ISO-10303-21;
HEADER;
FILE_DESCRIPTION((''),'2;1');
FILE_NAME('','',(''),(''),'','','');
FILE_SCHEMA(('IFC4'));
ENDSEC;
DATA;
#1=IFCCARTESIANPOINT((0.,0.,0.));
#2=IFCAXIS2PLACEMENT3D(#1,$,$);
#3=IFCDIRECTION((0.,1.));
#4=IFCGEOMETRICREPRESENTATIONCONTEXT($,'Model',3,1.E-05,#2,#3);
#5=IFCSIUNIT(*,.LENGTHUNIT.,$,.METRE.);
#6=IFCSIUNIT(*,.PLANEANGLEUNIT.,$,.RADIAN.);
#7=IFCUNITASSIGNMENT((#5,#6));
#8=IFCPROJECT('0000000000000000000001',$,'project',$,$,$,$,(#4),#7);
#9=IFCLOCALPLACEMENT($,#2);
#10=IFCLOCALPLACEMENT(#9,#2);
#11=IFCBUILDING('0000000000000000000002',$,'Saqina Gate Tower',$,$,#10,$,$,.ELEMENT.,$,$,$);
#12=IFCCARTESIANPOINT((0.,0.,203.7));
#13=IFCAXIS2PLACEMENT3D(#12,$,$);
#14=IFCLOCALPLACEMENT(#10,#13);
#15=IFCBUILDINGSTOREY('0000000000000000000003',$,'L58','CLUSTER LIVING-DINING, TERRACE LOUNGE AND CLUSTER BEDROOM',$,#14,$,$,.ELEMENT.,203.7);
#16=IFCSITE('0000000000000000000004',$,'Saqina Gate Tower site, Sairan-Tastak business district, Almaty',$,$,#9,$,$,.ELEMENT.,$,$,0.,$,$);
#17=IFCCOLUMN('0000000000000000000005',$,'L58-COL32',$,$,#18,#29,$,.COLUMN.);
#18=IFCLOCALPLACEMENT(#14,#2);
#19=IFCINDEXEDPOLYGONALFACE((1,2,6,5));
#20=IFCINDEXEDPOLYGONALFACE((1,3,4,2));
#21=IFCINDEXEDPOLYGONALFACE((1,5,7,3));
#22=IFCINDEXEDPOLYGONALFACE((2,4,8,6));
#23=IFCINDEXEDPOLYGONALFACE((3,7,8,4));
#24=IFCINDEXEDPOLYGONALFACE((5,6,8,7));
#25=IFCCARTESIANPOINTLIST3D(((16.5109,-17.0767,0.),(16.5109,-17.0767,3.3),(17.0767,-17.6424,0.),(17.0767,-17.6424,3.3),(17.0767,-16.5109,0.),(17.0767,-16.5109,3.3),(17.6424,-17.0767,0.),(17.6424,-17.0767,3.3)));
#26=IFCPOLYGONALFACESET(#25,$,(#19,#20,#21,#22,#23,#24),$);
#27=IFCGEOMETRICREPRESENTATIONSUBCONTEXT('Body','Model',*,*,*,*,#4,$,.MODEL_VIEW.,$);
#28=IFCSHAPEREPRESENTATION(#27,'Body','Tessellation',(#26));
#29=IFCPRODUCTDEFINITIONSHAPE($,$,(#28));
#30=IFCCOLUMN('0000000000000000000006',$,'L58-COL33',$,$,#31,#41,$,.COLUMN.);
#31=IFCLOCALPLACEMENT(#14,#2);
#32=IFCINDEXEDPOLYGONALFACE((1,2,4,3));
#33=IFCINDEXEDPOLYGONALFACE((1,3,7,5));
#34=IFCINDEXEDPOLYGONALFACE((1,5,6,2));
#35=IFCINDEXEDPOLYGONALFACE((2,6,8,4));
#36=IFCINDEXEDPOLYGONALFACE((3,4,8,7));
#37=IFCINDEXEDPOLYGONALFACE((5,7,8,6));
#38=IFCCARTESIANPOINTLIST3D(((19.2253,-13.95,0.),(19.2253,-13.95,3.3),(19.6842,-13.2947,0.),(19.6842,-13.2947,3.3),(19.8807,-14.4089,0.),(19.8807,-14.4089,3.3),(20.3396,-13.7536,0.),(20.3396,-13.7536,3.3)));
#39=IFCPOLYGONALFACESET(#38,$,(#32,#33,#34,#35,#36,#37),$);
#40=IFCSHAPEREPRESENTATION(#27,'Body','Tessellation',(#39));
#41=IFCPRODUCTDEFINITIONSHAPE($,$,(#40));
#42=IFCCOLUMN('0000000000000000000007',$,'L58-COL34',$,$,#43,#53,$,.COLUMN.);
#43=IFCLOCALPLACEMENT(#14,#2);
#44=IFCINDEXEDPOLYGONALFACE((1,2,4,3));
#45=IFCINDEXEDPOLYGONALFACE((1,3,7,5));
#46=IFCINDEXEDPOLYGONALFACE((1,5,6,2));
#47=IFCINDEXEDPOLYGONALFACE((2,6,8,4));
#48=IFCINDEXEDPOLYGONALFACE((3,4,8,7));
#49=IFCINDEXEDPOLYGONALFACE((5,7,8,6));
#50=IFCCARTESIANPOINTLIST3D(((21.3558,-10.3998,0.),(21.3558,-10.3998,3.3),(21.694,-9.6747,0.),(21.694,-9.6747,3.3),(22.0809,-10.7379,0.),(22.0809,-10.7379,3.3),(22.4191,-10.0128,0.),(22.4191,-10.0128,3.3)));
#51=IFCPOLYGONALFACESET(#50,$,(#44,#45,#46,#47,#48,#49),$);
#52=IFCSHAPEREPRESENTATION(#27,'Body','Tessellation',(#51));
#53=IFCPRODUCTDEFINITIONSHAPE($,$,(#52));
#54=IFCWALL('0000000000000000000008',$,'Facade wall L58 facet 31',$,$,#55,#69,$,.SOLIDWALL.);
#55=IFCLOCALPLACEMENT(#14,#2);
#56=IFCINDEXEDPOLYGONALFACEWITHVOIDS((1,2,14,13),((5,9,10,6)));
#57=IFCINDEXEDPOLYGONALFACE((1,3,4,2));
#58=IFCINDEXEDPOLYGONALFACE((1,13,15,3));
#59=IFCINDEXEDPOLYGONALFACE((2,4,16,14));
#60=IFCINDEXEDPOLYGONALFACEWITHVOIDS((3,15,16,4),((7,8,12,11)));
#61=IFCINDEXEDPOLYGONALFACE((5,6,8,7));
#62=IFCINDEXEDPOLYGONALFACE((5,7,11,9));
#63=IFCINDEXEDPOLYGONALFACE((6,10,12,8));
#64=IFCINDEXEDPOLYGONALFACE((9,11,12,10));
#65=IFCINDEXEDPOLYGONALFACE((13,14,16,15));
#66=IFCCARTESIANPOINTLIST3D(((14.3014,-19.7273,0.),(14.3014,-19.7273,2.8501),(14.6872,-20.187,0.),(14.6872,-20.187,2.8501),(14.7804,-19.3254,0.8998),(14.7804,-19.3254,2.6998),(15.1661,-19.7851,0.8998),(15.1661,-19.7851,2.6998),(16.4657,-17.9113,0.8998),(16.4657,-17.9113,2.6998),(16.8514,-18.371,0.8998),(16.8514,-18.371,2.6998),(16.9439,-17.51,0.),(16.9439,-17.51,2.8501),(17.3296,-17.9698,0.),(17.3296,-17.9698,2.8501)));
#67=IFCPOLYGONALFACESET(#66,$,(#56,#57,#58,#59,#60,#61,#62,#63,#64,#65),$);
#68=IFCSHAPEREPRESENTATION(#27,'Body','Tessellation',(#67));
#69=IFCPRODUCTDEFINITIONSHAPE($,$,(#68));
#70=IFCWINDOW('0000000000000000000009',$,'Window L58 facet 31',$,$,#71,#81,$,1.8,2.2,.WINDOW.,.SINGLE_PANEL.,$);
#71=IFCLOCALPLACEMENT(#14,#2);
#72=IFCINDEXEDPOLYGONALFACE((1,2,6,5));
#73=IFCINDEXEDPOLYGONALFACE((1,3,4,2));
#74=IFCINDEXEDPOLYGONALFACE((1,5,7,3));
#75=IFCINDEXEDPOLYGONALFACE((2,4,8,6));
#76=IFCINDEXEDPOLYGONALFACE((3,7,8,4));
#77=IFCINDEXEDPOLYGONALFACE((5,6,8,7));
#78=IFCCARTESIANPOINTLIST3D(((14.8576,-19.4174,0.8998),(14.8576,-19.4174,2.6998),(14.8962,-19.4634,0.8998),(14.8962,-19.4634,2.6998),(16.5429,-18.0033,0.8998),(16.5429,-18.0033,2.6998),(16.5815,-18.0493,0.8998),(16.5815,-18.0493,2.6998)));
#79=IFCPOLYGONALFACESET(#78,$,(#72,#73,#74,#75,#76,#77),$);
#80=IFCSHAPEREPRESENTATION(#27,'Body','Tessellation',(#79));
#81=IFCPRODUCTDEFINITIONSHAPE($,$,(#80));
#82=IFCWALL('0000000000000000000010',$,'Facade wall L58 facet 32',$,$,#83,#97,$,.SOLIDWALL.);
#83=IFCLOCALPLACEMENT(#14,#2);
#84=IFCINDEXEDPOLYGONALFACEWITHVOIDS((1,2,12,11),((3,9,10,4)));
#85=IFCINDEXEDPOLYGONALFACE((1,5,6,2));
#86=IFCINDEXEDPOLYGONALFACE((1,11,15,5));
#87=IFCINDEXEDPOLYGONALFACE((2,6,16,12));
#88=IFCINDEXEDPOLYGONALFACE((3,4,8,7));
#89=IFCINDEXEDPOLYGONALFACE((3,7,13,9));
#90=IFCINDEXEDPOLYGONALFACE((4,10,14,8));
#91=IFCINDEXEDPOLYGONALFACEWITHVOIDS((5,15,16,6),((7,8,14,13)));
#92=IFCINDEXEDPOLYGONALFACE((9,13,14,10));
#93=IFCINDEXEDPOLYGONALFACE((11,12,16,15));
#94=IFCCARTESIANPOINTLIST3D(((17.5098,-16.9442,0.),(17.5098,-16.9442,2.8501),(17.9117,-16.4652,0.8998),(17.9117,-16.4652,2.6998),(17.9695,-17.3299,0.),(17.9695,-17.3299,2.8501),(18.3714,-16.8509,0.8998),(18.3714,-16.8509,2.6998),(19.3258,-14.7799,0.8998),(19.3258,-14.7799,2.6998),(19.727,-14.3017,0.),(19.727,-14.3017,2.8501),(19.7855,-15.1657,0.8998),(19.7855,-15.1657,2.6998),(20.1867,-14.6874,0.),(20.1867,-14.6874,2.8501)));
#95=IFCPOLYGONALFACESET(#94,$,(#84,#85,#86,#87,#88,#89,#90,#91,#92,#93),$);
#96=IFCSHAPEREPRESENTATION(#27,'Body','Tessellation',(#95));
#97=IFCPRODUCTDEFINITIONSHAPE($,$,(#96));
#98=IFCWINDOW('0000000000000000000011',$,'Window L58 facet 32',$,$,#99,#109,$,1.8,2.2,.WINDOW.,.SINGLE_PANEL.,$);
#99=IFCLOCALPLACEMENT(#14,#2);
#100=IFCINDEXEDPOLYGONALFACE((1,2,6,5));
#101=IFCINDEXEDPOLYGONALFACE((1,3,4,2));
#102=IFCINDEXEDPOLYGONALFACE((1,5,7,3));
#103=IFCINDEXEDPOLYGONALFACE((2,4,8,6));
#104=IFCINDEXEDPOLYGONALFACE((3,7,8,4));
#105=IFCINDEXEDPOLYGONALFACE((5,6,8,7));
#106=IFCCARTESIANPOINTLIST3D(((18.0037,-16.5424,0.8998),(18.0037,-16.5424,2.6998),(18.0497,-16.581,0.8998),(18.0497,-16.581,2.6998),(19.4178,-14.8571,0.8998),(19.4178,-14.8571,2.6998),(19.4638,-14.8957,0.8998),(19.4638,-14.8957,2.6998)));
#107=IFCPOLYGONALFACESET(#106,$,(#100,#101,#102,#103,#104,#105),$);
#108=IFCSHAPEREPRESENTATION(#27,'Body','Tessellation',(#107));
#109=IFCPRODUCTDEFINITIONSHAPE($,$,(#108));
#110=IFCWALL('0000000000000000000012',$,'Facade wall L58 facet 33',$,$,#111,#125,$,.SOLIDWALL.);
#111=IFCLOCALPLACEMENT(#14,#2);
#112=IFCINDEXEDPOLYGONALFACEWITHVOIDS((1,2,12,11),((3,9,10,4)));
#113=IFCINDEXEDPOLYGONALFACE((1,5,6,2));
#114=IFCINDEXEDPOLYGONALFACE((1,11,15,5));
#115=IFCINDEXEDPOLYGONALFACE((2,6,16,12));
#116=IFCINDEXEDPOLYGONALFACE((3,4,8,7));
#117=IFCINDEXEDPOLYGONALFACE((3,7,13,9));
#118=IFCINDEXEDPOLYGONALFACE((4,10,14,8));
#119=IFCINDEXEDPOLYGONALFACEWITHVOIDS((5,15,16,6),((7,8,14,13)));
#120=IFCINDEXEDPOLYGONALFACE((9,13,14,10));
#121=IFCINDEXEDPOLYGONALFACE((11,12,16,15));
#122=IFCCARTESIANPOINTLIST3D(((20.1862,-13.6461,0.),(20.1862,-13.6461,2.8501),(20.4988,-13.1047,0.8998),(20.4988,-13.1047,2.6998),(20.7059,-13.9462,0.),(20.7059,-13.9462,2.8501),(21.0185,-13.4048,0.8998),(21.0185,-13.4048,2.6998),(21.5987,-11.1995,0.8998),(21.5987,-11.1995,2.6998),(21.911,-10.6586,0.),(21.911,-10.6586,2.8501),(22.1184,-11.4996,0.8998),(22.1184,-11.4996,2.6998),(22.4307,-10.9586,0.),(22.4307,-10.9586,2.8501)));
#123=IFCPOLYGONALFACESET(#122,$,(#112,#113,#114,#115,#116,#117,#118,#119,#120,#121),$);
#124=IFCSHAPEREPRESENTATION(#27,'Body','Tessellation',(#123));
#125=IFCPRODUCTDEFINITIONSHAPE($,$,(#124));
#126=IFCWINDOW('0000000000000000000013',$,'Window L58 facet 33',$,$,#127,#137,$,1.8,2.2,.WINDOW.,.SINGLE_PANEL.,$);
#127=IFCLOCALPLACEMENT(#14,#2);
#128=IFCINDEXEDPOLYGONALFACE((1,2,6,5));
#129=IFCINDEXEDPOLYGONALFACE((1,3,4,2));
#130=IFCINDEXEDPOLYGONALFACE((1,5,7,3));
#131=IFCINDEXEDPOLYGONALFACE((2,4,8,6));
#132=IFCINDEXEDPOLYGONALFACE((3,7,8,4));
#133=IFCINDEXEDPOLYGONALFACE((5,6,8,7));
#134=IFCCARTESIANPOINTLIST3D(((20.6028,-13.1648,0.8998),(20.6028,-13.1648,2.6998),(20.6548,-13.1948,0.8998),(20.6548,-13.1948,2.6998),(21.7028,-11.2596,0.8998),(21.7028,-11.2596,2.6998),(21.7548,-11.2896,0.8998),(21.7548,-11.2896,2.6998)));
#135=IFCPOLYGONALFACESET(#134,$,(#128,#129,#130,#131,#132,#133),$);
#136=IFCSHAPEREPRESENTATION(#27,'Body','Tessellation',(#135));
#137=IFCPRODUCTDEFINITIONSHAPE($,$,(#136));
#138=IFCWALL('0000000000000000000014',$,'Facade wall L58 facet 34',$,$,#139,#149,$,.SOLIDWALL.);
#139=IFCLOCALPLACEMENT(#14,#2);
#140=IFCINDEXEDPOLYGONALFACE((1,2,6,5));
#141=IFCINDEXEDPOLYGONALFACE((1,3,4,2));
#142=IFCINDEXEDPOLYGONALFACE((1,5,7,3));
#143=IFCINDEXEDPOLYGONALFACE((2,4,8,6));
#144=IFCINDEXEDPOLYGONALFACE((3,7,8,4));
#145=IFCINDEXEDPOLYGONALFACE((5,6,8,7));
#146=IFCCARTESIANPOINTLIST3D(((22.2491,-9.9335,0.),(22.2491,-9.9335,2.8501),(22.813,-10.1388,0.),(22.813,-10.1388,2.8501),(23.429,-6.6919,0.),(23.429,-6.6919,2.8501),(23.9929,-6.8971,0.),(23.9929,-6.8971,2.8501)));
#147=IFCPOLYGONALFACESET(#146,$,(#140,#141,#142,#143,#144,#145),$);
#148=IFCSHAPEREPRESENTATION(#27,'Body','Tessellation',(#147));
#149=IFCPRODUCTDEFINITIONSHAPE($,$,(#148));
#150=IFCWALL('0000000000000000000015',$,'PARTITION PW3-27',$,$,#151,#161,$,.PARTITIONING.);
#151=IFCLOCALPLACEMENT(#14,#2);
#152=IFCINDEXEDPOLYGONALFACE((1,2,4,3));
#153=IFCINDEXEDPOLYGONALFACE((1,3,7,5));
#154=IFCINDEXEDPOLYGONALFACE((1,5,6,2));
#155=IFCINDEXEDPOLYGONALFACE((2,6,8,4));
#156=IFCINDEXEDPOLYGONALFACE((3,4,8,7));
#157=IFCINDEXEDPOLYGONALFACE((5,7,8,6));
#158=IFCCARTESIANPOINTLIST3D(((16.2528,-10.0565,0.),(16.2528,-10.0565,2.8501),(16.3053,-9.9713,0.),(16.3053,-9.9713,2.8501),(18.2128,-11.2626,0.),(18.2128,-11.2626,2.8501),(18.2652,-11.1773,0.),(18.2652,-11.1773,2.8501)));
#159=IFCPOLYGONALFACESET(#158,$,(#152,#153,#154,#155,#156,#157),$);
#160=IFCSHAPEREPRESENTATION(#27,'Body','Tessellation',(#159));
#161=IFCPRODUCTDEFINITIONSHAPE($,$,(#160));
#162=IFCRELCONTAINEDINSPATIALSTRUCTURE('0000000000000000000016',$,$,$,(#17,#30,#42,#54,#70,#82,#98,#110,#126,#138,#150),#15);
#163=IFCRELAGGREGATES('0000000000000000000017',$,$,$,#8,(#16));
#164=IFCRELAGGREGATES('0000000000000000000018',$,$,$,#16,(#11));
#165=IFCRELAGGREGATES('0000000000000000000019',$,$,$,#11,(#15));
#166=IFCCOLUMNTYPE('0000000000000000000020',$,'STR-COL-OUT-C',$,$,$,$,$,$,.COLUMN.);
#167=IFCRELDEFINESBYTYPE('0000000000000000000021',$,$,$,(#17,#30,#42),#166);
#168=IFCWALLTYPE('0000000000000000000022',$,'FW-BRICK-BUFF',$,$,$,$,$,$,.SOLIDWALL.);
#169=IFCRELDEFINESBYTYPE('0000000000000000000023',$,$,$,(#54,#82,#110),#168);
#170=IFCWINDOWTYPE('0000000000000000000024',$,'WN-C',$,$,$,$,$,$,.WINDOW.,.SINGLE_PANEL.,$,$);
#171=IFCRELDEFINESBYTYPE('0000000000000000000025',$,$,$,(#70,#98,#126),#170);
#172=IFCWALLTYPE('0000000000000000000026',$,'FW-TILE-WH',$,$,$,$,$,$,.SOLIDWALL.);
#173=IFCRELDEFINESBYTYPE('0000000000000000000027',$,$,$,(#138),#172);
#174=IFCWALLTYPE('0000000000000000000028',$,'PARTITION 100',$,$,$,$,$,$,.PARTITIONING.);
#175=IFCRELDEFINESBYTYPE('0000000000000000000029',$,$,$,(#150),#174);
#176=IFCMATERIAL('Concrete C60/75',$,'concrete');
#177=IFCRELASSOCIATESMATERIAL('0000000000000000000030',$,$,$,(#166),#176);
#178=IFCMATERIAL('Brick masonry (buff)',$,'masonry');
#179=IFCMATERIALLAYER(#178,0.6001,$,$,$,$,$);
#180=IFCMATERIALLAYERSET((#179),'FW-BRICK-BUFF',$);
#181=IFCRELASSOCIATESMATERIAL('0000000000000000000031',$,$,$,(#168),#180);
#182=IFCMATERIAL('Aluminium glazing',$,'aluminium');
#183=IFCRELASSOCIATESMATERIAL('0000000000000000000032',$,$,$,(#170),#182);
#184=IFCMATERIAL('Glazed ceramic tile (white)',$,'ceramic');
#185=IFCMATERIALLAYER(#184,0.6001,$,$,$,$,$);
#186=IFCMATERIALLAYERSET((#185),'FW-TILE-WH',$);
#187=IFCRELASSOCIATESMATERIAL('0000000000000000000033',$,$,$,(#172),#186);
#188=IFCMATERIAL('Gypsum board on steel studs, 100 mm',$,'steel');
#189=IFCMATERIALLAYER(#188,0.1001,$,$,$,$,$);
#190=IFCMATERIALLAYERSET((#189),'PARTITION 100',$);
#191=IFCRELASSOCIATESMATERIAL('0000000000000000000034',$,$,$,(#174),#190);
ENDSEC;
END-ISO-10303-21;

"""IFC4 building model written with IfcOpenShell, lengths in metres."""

from ifc_helpers import new_model, si_unit, direction, frame, frame_2d, origin, origin_2d, place, context, subcontext, project, spatial, rectangle, extrude, material, layer, layer_set, material_profile, profile_set, type_object, element, fill, save


model = new_model("IFC4")

# Units and contexts
model_context = context("Model", 3, precision=1e-05, world=origin(), true_north=direction((0.0, 1.0)))
body_context = subcontext(model_context, "Body", "Model", "MODEL_VIEW")
ifc_project = project(units=[si_unit("LENGTHUNIT", "METRE"), si_unit("PLANEANGLEUNIT", "RADIAN")], contexts=[model_context])

# Site, building, storey
site_placement = place(None, origin())
site = spatial("IfcSite", under=ifc_project, at=site_placement, Name="Saqina Gate Tower site, Sairan-Tastak business district, Almaty", CompositionType="ELEMENT", RefElevation=0.0)
building_placement = place(site_placement, origin())
building = spatial("IfcBuilding", under=site, at=building_placement, Name="Saqina Gate Tower", CompositionType="ELEMENT")
storey_placement = place(building_placement, frame((0.0, 0.0, 203.7)))
storey = spatial("IfcBuildingStorey", under=building, at=storey_placement, Name="L58", Description="CLUSTER LIVING-DINING, TERRACE LOUNGE AND CLUSTER BEDROOM", CompositionType="ELEMENT", Elevation=203.7)

# Columns
ifc_material_1 = material(Name="Concrete C60/75", Category="concrete")
ifc_material_profile = material_profile(ifc_material_1, rectangle(XDim=0.8, YDim=0.8, at=origin_2d()), Name="RC 800x800")
ifc_profile_set = profile_set([ifc_material_profile], Name="Concrete C60/75")
column_type = type_object("IfcColumnType", Name="STR-COL-OUT-C", PredefinedType="COLUMN", material=ifc_profile_set)
for number, where, z_axis, x_axis, name in (
    (1, (17.0767, -17.0767, 0.0), (0.0, 0.0, 1.0), (0.707107, -0.707107, 0.0), "L58-COL32"),
    (2, (19.7825, -13.8518, 0.0), (0.0, 0.0, 1.0), (0.819152, -0.573576, 0.0), "L58-COL33"),
    (3, (21.8875, -10.2063, 0.0), (0.0, 0.0, 1.0), (0.906308, -0.422618, 0.0), "L58-COL34"),
):
    element("IfcColumn", number, at=place(storey_placement, frame(where, z_axis=z_axis, x_axis=x_axis)), inside=storey, type_object=column_type, Name=name, PredefinedType="COLUMN", context=body_context, shape_type="SweptSolid", body=[
        extrude(rectangle(XDim=0.8, YDim=0.8, at=origin_2d()), origin(), (0.0, 0.0, 1.0), 3.3),
    ])

# Walls, openings, windows
ifc_material_2 = material(Name="Brick masonry (buff)", Category="masonry")
ifc_layer_1 = layer(ifc_material_2, 0.6001)
ifc_layer_set_1 = layer_set([ifc_layer_1], Name="FW-BRICK-BUFF")
wall_type_1 = type_object("IfcWallType", Name="FW-BRICK-BUFF", PredefinedType="SOLIDWALL", material=ifc_layer_set_1)
wall_1_placement = place(storey_placement, frame((14.4944, -19.957, 0.0), z_axis=(0.0, 0.0, 1.0), x_axis=(0.766059, 0.64277, 0.0)))
wall_1 = element("IfcWall", 4, at=wall_1_placement, inside=storey, type_object=wall_type_1, Name="Facade wall L58 facet 31", PredefinedType="SOLIDWALL", context=body_context, shape_type="SweptSolid", body=[
    extrude(rectangle(XDim=3.4495, YDim=0.6001, at=frame_2d((1.7246, 0.0))), origin(), (0.0, 0.0, 1.0), 2.8501),
])
opening_1_placement = place(wall_1_placement, frame((0.625, 0.0, 0.8999)))
opening_1 = element("IfcOpeningElement", 5, at=opening_1_placement, cuts=wall_1, PredefinedType="OPENING", context=body_context, shape_type="SweptSolid", body=[
    extrude(rectangle(XDim=2.2, YDim=1.8, at=frame_2d((1.1001, 0.8999))), frame((0.0, 0.312, 0.0), z_axis=(0.0, -1.0, 0.0), x_axis=(1.0, 0.0, 0.0)), (0.0, 0.0, 1.0), 0.624),
])
ifc_material_3 = material(Name="Aluminium glazing", Category="aluminium")
window_type = type_object("IfcWindowType", Name="WN-C", PartitioningType="SINGLE_PANEL", PredefinedType="WINDOW", material=ifc_material_3)
window_1_placement = place(opening_1_placement, origin())
window_1 = element("IfcWindow", 6, at=window_1_placement, inside=storey, type_object=window_type, Name="Window L58 facet 31", OverallHeight=1.8, OverallWidth=2.2, PartitioningType="SINGLE_PANEL", PredefinedType="WINDOW", context=body_context, shape_type="SweptSolid", body=[
    extrude(rectangle(XDim=2.2, YDim=1.8, at=frame_2d((1.1001, 0.8999))), frame((0.0, 0.1799, 0.0), z_axis=(0.0, -1.0, 0.0), x_axis=(1.0, 0.0, 0.0)), (0.0, 0.0, 1.0), 0.0601),
])
fill(opening_1, window_1)
wall_2_placement = place(storey_placement, frame((17.7397, -17.137, 0.0), z_axis=(0.0, 0.0, 1.0), x_axis=(0.64277, 0.766059, 0.0)))
wall_2 = element("IfcWall", 7, at=wall_2_placement, inside=storey, type_object=wall_type_1, Name="Facade wall L58 facet 32", PredefinedType="SOLIDWALL", context=body_context, shape_type="SweptSolid", body=[
    extrude(rectangle(XDim=3.4495, YDim=0.6001, at=frame_2d((1.7246, 0.0))), origin(), (0.0, 0.0, 1.0), 2.8501),
])
opening_2_placement = place(wall_2_placement, frame((0.625, 0.0, 0.8999)))
opening_2 = element("IfcOpeningElement", 8, at=opening_2_placement, cuts=wall_2, PredefinedType="OPENING", context=body_context, shape_type="SweptSolid", body=[
    extrude(rectangle(XDim=2.2, YDim=1.8, at=frame_2d((1.1001, 0.8999))), frame((0.0, 0.312, 0.0), z_axis=(0.0, -1.0, 0.0), x_axis=(1.0, 0.0, 0.0)), (0.0, 0.0, 1.0), 0.624),
])
window_2_placement = place(opening_2_placement, origin())
window_2 = element("IfcWindow", 9, at=window_2_placement, inside=storey, type_object=window_type, Name="Window L58 facet 32", OverallHeight=1.8, OverallWidth=2.2, PartitioningType="SINGLE_PANEL", PredefinedType="WINDOW", context=body_context, shape_type="SweptSolid", body=[
    extrude(rectangle(XDim=2.2, YDim=1.8, at=frame_2d((1.1001, 0.8999))), frame((0.0, 0.1799, 0.0), z_axis=(0.0, -1.0, 0.0), x_axis=(1.0, 0.0, 0.0)), (0.0, 0.0, 1.0), 0.0601),
])
fill(opening_2, window_2)
wall_3_placement = place(storey_placement, frame((20.446, -13.7961, 0.0), z_axis=(0.0, 0.0, 1.0), x_axis=(0.499998, 0.866026, 0.0)))
wall_3 = element("IfcWall", 10, at=wall_3_placement, inside=storey, type_object=wall_type_1, Name="Facade wall L58 facet 33", PredefinedType="SOLIDWALL", context=body_context, shape_type="SweptSolid", body=[
    extrude(rectangle(XDim=3.4497, YDim=0.6001, at=frame_2d((1.7249, 0.0))), origin(), (0.0, 0.0, 1.0), 2.8501),
])
opening_3_placement = place(wall_3_placement, frame((0.625, 0.0, 0.8999)))
opening_3 = element("IfcOpeningElement", 11, at=opening_3_placement, cuts=wall_3, PredefinedType="OPENING", context=body_context, shape_type="SweptSolid", body=[
    extrude(rectangle(XDim=2.2, YDim=1.8, at=frame_2d((1.1001, 0.8999))), frame((0.0, 0.312, 0.0), z_axis=(0.0, -1.0, 0.0), x_axis=(1.0, 0.0, 0.0)), (0.0, 0.0, 1.0), 0.624),
])
window_3_placement = place(opening_3_placement, origin())
window_3 = element("IfcWindow", 12, at=window_3_placement, inside=storey, type_object=window_type, Name="Window L58 facet 33", OverallHeight=1.8, OverallWidth=2.2, PartitioningType="SINGLE_PANEL", PredefinedType="WINDOW", context=body_context, shape_type="SweptSolid", body=[
    extrude(rectangle(XDim=2.2, YDim=1.8, at=frame_2d((1.1001, 0.8999))), frame((0.0, 0.1799, 0.0), z_axis=(0.0, -1.0, 0.0), x_axis=(1.0, 0.0, 0.0)), (0.0, 0.0, 1.0), 0.0601),
])
fill(opening_3, window_3)

# Walls
ifc_material_4 = material(Name="Glazed ceramic tile (white)", Category="ceramic")
ifc_layer_2 = layer(ifc_material_4, 0.6001)
ifc_layer_set_2 = layer_set([ifc_layer_2], Name="FW-TILE-WH")
wall_type_2 = type_object("IfcWallType", Name="FW-TILE-WH", PredefinedType="SOLIDWALL", material=ifc_layer_set_2)
wall_4_placement = place(storey_placement, frame((22.531, -10.0361, 0.0), z_axis=(0.0, 0.0, 1.0), x_axis=(0.342033, 0.939688, 0.0)))
element("IfcWall", 13, at=wall_4_placement, inside=storey, type_object=wall_type_2, Name="Facade wall L58 facet 34", PredefinedType="SOLIDWALL", context=body_context, shape_type="SweptSolid", body=[
    extrude(rectangle(XDim=3.4497, YDim=0.6001, at=frame_2d((1.7249, 0.0))), origin(), (0.0, 0.0, 1.0), 2.8501),
])
ifc_material_5 = material(Name="Gypsum board on steel studs, 100 mm", Category="steel")
ifc_layer_3 = layer(ifc_material_5, 0.1001)
ifc_layer_set_3 = layer_set([ifc_layer_3], Name="PARTITION 100")
wall_type_3 = type_object("IfcWallType", Name="PARTITION 100", PredefinedType="PARTITIONING", material=ifc_layer_set_3)
wall_5_placement = place(storey_placement, frame((16.2791, -10.0139, 0.0), z_axis=(0.0, 0.0, 1.0), x_axis=(0.851673, -0.524074, 0.0)))
element("IfcWall", 14, at=wall_5_placement, inside=storey, type_object=wall_type_3, Name="PARTITION PW3-27", PredefinedType="PARTITIONING", context=body_context, shape_type="SweptSolid", body=[
    extrude(rectangle(XDim=2.3013, YDim=0.1001, at=frame_2d((1.1506, 0.0))), origin(), (0.0, 0.0, 1.0), 2.8501),
])

save(model, "model.ifc")
